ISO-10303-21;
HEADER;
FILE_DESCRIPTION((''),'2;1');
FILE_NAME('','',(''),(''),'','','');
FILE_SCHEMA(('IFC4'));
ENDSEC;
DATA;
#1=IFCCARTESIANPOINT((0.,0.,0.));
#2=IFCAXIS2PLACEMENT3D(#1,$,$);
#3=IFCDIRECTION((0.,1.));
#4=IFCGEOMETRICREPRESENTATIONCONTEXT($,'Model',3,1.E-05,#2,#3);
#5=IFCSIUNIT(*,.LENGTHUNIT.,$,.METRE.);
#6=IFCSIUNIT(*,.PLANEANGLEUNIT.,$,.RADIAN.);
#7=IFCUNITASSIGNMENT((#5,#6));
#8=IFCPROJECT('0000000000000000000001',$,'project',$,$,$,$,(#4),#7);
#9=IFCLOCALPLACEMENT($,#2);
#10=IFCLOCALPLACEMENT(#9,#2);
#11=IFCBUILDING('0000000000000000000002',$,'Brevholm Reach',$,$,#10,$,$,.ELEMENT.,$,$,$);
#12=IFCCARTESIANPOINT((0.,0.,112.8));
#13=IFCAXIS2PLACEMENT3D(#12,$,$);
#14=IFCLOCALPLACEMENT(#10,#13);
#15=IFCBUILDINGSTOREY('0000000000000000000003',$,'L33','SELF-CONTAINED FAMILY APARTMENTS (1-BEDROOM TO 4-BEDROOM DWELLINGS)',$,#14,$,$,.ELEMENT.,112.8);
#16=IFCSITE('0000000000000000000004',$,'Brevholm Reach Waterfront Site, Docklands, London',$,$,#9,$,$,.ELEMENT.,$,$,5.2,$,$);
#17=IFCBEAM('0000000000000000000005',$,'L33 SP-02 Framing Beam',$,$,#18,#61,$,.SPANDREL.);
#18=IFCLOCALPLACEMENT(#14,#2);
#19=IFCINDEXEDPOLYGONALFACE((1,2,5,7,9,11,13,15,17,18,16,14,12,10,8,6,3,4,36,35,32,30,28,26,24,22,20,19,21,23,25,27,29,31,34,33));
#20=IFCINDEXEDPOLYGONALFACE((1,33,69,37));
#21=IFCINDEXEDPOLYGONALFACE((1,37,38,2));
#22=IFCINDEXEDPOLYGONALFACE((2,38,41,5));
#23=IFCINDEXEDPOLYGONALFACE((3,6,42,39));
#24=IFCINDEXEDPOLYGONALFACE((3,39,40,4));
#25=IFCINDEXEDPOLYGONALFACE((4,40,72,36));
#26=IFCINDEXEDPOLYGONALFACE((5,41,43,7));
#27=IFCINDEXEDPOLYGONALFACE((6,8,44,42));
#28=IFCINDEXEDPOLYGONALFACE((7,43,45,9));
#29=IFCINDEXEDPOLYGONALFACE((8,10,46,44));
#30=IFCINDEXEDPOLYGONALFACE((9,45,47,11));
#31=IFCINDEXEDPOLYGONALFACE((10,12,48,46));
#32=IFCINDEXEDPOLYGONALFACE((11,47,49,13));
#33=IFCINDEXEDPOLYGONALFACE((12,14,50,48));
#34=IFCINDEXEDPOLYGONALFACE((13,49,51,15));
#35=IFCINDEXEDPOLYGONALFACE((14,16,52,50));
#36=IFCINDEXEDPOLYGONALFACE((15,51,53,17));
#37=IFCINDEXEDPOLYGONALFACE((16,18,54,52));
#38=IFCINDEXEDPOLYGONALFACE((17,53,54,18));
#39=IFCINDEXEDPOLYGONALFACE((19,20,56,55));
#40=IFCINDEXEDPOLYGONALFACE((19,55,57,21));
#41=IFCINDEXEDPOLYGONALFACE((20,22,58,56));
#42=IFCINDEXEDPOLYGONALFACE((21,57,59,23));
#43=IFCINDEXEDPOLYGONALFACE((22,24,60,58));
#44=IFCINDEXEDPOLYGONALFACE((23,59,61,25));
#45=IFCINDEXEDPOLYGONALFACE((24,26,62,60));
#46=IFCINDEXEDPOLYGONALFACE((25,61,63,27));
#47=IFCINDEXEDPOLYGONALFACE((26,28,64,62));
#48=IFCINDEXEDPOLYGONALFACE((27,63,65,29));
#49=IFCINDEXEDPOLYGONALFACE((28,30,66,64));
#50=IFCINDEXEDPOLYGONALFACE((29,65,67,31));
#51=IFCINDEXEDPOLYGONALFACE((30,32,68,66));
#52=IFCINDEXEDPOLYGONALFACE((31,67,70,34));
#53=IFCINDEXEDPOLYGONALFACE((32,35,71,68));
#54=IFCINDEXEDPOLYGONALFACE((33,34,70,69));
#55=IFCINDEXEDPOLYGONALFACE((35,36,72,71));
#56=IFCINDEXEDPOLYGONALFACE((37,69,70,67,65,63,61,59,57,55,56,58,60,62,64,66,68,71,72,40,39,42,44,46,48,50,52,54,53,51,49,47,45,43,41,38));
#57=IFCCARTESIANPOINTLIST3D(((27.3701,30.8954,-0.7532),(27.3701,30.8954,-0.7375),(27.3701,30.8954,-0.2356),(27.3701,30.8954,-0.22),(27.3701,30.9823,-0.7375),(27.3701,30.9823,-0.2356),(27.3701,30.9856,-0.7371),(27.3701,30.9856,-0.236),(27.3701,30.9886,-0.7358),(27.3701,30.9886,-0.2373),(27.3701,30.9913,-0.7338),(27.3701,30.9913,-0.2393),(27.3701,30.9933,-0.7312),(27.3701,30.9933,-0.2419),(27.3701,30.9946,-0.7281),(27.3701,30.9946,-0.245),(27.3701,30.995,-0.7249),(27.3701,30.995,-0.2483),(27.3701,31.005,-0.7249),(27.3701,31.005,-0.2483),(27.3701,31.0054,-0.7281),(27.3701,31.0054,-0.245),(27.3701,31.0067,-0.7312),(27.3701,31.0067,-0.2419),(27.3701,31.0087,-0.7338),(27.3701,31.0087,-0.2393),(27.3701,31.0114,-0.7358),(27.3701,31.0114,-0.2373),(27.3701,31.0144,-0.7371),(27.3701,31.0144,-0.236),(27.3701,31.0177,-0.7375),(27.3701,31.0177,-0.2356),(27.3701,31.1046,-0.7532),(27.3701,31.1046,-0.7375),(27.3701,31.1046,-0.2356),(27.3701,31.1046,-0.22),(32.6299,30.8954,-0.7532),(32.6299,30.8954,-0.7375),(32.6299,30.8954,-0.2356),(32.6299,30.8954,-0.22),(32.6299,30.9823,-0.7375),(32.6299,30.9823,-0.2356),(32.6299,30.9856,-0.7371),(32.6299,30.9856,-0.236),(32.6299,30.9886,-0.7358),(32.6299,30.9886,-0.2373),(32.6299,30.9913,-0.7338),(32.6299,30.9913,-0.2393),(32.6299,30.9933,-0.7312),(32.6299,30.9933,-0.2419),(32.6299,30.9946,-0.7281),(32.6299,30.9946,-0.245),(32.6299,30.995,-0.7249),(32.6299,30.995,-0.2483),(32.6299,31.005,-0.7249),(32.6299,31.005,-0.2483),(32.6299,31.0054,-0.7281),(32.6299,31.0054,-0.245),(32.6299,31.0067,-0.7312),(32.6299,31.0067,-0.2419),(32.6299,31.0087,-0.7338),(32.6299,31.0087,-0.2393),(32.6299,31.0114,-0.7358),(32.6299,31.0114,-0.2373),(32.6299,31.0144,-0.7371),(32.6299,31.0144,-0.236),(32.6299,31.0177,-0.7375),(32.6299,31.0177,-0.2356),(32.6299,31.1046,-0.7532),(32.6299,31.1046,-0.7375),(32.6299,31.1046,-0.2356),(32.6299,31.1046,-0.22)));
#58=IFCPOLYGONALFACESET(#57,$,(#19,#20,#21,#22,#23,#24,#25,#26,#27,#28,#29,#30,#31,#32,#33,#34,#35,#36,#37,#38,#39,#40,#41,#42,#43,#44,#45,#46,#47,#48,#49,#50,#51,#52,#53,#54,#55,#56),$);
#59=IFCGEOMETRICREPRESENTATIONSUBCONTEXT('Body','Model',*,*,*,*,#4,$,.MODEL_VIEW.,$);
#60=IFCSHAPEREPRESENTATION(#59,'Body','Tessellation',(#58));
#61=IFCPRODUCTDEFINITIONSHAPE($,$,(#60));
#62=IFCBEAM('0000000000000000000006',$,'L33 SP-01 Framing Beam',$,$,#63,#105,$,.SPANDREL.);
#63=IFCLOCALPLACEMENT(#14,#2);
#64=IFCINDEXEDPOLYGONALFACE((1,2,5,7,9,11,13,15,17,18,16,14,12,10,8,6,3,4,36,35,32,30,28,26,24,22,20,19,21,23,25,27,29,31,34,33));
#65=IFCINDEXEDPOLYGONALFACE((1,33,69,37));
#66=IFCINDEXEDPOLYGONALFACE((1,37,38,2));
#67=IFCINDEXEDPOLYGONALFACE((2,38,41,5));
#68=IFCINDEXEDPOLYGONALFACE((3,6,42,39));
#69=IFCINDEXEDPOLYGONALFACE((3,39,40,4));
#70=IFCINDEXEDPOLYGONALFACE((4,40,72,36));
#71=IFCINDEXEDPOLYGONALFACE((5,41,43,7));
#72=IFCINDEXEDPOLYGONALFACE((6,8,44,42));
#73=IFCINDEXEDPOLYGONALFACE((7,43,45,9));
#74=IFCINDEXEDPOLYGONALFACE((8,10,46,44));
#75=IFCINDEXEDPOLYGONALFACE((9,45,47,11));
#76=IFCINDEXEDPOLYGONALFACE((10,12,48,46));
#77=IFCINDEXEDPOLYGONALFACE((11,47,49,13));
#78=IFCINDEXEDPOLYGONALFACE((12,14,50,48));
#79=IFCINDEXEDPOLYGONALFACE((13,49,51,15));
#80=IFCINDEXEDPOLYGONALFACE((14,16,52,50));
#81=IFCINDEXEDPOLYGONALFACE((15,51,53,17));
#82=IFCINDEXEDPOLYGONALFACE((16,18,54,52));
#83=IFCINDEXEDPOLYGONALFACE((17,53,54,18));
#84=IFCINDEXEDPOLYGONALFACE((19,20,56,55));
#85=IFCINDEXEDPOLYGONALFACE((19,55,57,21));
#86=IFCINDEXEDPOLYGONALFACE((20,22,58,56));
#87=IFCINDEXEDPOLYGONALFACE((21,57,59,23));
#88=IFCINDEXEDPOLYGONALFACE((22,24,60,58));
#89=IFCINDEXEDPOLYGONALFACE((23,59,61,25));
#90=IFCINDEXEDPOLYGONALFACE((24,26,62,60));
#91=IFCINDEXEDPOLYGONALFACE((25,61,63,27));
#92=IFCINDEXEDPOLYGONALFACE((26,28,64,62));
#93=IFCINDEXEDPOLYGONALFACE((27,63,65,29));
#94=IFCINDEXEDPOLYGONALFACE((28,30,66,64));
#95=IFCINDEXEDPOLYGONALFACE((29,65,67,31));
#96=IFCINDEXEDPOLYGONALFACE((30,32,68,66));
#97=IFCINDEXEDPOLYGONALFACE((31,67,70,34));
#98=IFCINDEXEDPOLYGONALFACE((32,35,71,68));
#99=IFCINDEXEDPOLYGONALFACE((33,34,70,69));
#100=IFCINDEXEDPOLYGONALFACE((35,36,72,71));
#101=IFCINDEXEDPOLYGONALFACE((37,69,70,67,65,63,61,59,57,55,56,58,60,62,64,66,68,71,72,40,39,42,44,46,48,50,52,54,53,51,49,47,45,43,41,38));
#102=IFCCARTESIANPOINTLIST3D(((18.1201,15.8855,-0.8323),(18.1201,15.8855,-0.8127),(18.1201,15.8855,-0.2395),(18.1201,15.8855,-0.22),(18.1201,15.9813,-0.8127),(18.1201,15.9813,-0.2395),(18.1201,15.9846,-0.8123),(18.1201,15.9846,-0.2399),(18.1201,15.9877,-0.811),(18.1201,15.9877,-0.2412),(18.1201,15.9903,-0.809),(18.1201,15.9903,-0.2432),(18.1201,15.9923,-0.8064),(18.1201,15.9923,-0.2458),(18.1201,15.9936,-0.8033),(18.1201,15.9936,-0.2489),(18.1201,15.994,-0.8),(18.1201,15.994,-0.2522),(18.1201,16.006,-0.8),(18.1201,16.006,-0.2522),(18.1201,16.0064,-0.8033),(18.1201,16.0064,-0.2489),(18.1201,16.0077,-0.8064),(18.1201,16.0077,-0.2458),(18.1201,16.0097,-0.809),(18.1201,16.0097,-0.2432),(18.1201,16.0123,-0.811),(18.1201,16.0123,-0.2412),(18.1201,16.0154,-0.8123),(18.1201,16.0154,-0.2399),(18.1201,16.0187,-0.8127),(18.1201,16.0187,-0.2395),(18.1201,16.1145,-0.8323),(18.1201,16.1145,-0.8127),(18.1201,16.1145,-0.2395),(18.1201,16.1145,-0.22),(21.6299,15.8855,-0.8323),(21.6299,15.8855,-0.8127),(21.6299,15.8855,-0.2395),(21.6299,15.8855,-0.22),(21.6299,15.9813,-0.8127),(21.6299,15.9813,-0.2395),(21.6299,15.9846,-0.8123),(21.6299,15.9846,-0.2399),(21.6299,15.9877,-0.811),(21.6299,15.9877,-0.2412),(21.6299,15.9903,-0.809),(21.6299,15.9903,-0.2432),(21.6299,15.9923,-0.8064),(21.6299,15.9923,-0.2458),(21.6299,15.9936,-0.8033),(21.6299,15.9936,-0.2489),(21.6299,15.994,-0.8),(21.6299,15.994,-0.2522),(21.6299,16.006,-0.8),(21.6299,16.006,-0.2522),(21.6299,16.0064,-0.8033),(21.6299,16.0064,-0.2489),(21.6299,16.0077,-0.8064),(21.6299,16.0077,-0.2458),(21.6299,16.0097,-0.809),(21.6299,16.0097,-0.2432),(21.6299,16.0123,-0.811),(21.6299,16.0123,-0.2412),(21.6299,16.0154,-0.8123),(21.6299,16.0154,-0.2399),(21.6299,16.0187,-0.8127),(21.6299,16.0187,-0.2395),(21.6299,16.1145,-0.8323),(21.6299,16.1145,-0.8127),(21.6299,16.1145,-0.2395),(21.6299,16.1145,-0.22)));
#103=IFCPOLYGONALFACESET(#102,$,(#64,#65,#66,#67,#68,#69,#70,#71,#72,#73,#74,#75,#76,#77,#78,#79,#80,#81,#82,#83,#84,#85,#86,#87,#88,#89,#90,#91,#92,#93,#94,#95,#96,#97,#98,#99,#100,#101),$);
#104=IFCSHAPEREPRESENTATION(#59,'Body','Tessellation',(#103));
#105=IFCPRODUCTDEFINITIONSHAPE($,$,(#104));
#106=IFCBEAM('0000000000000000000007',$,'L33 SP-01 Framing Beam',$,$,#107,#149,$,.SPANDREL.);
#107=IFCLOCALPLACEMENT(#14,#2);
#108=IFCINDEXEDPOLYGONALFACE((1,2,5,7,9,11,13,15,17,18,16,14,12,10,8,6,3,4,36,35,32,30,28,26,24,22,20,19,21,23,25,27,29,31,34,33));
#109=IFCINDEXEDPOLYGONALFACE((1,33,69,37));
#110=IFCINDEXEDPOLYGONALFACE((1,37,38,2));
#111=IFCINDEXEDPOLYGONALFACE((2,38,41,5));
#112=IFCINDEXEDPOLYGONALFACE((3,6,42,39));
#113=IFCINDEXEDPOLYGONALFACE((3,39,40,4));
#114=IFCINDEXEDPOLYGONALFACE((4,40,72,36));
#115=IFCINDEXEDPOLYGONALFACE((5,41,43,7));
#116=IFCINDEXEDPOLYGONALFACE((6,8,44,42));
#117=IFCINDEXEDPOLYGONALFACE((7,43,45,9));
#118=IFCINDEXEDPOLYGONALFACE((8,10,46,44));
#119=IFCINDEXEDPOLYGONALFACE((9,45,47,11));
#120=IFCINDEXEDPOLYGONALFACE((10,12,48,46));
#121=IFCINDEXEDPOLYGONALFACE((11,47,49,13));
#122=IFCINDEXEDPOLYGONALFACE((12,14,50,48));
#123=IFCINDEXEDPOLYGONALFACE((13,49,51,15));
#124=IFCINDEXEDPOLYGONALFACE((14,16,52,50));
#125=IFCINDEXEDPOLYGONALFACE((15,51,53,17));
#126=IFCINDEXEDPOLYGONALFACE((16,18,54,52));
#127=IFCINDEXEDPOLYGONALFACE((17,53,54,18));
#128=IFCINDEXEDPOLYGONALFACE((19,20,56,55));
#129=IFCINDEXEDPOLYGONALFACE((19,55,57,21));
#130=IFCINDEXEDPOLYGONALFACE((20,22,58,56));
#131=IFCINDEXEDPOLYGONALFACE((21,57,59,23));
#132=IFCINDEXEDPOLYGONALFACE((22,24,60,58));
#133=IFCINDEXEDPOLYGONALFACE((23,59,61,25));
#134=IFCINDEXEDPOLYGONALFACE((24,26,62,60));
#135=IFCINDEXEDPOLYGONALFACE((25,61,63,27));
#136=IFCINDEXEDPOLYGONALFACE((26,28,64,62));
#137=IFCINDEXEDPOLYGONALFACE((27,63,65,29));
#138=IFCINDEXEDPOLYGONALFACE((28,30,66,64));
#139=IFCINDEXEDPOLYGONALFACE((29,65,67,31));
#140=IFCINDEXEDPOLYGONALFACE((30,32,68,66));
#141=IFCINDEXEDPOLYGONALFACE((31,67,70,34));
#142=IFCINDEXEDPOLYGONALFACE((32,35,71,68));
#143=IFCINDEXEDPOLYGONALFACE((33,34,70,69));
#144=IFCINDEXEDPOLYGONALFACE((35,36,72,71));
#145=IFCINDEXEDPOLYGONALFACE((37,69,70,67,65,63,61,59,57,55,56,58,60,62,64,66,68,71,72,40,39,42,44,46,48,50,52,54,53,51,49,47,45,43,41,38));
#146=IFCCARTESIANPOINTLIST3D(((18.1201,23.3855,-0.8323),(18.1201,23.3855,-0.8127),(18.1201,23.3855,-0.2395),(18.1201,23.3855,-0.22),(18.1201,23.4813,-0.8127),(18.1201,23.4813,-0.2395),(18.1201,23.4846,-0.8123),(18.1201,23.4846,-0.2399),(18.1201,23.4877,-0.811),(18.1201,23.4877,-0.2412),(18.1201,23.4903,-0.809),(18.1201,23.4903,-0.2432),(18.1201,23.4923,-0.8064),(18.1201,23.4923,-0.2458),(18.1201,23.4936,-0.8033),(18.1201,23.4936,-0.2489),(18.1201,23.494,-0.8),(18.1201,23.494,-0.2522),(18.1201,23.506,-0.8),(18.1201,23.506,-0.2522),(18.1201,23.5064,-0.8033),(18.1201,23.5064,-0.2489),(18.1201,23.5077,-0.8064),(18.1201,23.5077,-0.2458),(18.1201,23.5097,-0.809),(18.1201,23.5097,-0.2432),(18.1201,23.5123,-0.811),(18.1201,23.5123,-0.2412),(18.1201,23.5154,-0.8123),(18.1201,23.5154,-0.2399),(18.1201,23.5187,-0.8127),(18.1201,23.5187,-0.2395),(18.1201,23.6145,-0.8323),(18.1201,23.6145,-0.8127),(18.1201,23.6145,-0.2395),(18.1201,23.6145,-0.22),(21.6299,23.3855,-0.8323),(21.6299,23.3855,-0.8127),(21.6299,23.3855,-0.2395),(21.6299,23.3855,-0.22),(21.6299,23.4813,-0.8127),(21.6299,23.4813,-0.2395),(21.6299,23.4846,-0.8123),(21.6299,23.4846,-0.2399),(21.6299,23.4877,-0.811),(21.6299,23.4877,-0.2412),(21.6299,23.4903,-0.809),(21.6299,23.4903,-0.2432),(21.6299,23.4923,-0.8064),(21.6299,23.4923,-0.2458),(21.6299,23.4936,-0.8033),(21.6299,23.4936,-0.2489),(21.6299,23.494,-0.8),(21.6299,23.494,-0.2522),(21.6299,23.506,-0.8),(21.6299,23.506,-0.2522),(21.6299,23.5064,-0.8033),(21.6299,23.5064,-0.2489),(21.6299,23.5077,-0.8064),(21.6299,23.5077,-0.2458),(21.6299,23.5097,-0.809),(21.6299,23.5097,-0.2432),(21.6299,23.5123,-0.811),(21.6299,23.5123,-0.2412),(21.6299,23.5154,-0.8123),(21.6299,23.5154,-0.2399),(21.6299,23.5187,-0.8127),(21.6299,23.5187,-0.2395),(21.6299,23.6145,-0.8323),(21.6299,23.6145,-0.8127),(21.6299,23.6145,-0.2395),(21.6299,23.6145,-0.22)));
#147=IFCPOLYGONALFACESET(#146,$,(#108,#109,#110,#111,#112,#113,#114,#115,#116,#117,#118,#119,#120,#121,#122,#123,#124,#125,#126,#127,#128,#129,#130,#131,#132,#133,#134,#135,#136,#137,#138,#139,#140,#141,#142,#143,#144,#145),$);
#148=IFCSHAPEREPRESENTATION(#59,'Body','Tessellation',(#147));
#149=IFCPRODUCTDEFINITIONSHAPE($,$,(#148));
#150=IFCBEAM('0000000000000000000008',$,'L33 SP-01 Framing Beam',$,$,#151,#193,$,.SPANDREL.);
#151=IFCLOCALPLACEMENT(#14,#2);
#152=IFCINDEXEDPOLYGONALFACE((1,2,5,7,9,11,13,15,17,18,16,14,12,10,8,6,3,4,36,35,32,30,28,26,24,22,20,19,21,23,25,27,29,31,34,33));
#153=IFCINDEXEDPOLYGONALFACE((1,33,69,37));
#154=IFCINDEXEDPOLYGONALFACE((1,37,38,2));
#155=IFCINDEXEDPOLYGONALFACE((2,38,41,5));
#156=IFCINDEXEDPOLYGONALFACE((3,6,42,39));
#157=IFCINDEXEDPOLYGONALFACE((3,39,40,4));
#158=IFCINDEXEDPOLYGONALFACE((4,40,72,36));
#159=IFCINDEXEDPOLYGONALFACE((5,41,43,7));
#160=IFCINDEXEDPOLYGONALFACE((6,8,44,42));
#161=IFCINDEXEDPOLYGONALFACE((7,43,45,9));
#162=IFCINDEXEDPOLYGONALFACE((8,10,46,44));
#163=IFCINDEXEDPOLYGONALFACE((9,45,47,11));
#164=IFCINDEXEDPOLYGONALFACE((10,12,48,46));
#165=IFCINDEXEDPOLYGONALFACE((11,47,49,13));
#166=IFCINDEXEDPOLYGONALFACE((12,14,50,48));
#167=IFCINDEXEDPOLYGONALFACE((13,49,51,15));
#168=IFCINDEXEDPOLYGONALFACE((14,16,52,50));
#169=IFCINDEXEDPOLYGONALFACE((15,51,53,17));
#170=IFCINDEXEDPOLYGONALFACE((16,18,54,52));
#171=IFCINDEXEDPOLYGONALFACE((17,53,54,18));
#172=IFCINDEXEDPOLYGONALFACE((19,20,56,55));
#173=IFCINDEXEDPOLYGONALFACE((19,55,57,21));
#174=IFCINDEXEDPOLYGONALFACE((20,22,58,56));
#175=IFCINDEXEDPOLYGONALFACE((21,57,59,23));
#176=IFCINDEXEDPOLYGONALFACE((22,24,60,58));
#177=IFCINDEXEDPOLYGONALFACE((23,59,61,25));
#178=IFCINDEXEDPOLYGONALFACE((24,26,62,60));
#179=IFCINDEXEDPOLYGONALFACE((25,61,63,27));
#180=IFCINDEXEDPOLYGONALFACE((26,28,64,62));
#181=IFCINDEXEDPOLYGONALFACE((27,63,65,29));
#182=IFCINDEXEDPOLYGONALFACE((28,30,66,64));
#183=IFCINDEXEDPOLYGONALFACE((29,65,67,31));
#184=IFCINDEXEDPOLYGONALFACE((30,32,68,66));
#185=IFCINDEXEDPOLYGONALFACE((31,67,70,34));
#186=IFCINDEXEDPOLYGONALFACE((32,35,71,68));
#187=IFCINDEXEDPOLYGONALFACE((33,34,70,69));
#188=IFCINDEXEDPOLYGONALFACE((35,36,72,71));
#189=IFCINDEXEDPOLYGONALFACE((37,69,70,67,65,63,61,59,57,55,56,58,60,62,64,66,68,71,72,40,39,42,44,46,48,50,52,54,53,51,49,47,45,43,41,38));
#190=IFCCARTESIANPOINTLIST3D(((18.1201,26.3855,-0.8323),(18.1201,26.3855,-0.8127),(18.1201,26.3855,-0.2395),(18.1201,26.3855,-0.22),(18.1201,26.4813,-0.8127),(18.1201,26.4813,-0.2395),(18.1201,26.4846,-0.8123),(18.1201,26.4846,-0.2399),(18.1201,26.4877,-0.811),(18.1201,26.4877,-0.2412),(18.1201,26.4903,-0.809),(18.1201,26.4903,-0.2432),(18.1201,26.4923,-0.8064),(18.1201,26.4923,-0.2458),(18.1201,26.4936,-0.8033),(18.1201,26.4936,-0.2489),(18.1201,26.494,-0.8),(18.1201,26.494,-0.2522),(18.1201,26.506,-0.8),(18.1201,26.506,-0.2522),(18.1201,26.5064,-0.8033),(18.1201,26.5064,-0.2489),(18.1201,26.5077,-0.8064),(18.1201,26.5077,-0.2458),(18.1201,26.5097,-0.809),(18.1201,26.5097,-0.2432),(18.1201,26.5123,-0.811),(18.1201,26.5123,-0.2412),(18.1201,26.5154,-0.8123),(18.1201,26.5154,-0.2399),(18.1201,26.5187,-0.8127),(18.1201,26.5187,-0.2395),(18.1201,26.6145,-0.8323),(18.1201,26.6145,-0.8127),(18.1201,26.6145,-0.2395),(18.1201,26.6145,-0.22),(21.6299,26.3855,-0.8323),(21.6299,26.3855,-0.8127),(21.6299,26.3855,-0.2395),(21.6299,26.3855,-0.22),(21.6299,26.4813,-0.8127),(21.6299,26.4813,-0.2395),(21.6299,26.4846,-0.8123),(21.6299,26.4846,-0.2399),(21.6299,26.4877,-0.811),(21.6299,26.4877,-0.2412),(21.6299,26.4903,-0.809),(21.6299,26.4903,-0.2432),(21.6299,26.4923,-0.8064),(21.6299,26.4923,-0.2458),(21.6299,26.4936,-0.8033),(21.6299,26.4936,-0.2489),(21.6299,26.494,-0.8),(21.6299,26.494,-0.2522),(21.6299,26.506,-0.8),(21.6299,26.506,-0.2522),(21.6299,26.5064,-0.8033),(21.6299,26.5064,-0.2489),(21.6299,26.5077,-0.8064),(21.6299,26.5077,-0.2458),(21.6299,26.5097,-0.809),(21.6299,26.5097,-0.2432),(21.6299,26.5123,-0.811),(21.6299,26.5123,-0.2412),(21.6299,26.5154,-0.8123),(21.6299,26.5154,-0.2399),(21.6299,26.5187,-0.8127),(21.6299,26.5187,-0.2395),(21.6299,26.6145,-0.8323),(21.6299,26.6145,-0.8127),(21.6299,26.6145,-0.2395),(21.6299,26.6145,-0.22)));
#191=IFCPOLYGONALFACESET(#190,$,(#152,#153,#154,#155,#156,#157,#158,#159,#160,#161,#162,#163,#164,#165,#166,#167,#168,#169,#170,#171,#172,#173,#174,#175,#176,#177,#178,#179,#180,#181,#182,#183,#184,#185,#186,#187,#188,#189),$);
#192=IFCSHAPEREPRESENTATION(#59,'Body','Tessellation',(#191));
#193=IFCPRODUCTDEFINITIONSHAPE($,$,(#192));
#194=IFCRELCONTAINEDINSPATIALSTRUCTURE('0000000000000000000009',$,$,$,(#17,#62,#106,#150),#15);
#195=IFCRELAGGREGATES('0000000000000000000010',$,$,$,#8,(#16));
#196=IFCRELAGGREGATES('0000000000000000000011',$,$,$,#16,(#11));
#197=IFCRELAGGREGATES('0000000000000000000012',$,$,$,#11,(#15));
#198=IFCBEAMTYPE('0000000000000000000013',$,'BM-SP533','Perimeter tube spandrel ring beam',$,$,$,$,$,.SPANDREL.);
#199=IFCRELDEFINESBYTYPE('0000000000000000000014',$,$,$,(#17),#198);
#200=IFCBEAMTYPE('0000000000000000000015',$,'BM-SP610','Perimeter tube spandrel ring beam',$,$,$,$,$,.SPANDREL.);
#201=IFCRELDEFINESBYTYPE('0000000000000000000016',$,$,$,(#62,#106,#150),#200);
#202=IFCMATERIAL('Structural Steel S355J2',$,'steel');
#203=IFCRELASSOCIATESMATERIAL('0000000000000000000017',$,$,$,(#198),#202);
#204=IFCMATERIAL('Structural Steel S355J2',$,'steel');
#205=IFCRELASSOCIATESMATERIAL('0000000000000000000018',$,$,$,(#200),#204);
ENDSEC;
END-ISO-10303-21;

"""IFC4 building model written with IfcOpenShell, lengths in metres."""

from ifc_helpers import new_model, si_unit, direction, frame, origin, origin_2d, place, context, subcontext, project, spatial, i_section, extrude, material, material_profile, profile_set, type_object, element, save


model = new_model("IFC4")

# Units and contexts
model_context = context("Model", 3, precision=1e-05, world=origin(), true_north=direction((0.0, 1.0)))
body_context = subcontext(model_context, "Body", "Model", "MODEL_VIEW")
ifc_project = project(units=[si_unit("LENGTHUNIT", "METRE"), si_unit("PLANEANGLEUNIT", "RADIAN")], contexts=[model_context])

# Site, building, storey
site_placement = place(None, origin())
site = spatial("IfcSite", under=ifc_project, at=site_placement, Name="Brevholm Reach Waterfront Site, Docklands, London", CompositionType="ELEMENT", RefElevation=5.2)
building_placement = place(site_placement, origin())
building = spatial("IfcBuilding", under=site, at=building_placement, Name="Brevholm Reach", CompositionType="ELEMENT")
storey_placement = place(building_placement, frame((0.0, 0.0, 112.8)))
storey = spatial("IfcBuildingStorey", under=building, at=storey_placement, Name="L33", Description="SELF-CONTAINED FAMILY APARTMENTS (1-BEDROOM TO 4-BEDROOM DWELLINGS)", CompositionType="ELEMENT", Elevation=112.8)

# Beams
ifc_material_1 = material(Name="Structural Steel S355J2", Category="steel")
ifc_material_profile_1 = material_profile(ifc_material_1, i_section(OverallWidth=0.2092, OverallDepth=0.5332, WebThickness=0.01, FlangeThickness=0.0156, FilletRadius=0.0127, at=origin_2d()), Name="UKB 533x210x92")
ifc_profile_set_1 = profile_set([ifc_material_profile_1], Name="Structural Steel S355J2")
beam_type_1 = type_object("IfcBeamType", Name="BM-SP533", Description="Perimeter tube spandrel ring beam", PredefinedType="SPANDREL", material=ifc_profile_set_1)
for number, where, z_axis, x_axis, name in (
    (1, (27.3701, 31.0, -0.4866), (1.0, 0.0, 0.0), (0.0, 1.0, 0.0), "L33 SP-02 Framing Beam"),
):
    element("IfcBeam", number, at=place(storey_placement, frame(where, z_axis=z_axis, x_axis=x_axis)), inside=storey, type_object=beam_type_1, Name=name, PredefinedType="SPANDREL", context=body_context, shape_type="SweptSolid", body=[
        extrude(i_section(OverallWidth=0.2092, OverallDepth=0.5332, WebThickness=0.01, FlangeThickness=0.0156, FilletRadius=0.0127, at=origin_2d()), origin(), (0.0, 0.0, 1.0), 5.2598),
    ])
ifc_material_2 = material(Name="Structural Steel S355J2", Category="steel")
ifc_material_profile_2 = material_profile(ifc_material_2, i_section(OverallWidth=0.229, OverallDepth=0.6123, WebThickness=0.012, FlangeThickness=0.0195, FilletRadius=0.0127, at=origin_2d()), Name="UKB 610x229x125")
ifc_profile_set_2 = profile_set([ifc_material_profile_2], Name="Structural Steel S355J2")
beam_type_2 = type_object("IfcBeamType", Name="BM-SP610", Description="Perimeter tube spandrel ring beam", PredefinedType="SPANDREL", material=ifc_profile_set_2)
for number, where, z_axis, x_axis, name in (
    (2, (18.1201, 16.0, -0.5261), (1.0, 0.0, 0.0), (0.0, 1.0, 0.0), "L33 SP-01 Framing Beam"),
    (3, (18.1201, 23.5, -0.5261), (1.0, 0.0, 0.0), (0.0, 1.0, 0.0), "L33 SP-01 Framing Beam"),
    (4, (18.1201, 26.5, -0.5261), (1.0, 0.0, 0.0), (0.0, 1.0, 0.0), "L33 SP-01 Framing Beam"),
):
    element("IfcBeam", number, at=place(storey_placement, frame(where, z_axis=z_axis, x_axis=x_axis)), inside=storey, type_object=beam_type_2, Name=name, PredefinedType="SPANDREL", context=body_context, shape_type="SweptSolid", body=[
        extrude(i_section(OverallWidth=0.229, OverallDepth=0.6123, WebThickness=0.012, FlangeThickness=0.0195, FilletRadius=0.0127, at=origin_2d()), origin(), (0.0, 0.0, 1.0), 3.5098),
    ])

save(model, "model.ifc")
